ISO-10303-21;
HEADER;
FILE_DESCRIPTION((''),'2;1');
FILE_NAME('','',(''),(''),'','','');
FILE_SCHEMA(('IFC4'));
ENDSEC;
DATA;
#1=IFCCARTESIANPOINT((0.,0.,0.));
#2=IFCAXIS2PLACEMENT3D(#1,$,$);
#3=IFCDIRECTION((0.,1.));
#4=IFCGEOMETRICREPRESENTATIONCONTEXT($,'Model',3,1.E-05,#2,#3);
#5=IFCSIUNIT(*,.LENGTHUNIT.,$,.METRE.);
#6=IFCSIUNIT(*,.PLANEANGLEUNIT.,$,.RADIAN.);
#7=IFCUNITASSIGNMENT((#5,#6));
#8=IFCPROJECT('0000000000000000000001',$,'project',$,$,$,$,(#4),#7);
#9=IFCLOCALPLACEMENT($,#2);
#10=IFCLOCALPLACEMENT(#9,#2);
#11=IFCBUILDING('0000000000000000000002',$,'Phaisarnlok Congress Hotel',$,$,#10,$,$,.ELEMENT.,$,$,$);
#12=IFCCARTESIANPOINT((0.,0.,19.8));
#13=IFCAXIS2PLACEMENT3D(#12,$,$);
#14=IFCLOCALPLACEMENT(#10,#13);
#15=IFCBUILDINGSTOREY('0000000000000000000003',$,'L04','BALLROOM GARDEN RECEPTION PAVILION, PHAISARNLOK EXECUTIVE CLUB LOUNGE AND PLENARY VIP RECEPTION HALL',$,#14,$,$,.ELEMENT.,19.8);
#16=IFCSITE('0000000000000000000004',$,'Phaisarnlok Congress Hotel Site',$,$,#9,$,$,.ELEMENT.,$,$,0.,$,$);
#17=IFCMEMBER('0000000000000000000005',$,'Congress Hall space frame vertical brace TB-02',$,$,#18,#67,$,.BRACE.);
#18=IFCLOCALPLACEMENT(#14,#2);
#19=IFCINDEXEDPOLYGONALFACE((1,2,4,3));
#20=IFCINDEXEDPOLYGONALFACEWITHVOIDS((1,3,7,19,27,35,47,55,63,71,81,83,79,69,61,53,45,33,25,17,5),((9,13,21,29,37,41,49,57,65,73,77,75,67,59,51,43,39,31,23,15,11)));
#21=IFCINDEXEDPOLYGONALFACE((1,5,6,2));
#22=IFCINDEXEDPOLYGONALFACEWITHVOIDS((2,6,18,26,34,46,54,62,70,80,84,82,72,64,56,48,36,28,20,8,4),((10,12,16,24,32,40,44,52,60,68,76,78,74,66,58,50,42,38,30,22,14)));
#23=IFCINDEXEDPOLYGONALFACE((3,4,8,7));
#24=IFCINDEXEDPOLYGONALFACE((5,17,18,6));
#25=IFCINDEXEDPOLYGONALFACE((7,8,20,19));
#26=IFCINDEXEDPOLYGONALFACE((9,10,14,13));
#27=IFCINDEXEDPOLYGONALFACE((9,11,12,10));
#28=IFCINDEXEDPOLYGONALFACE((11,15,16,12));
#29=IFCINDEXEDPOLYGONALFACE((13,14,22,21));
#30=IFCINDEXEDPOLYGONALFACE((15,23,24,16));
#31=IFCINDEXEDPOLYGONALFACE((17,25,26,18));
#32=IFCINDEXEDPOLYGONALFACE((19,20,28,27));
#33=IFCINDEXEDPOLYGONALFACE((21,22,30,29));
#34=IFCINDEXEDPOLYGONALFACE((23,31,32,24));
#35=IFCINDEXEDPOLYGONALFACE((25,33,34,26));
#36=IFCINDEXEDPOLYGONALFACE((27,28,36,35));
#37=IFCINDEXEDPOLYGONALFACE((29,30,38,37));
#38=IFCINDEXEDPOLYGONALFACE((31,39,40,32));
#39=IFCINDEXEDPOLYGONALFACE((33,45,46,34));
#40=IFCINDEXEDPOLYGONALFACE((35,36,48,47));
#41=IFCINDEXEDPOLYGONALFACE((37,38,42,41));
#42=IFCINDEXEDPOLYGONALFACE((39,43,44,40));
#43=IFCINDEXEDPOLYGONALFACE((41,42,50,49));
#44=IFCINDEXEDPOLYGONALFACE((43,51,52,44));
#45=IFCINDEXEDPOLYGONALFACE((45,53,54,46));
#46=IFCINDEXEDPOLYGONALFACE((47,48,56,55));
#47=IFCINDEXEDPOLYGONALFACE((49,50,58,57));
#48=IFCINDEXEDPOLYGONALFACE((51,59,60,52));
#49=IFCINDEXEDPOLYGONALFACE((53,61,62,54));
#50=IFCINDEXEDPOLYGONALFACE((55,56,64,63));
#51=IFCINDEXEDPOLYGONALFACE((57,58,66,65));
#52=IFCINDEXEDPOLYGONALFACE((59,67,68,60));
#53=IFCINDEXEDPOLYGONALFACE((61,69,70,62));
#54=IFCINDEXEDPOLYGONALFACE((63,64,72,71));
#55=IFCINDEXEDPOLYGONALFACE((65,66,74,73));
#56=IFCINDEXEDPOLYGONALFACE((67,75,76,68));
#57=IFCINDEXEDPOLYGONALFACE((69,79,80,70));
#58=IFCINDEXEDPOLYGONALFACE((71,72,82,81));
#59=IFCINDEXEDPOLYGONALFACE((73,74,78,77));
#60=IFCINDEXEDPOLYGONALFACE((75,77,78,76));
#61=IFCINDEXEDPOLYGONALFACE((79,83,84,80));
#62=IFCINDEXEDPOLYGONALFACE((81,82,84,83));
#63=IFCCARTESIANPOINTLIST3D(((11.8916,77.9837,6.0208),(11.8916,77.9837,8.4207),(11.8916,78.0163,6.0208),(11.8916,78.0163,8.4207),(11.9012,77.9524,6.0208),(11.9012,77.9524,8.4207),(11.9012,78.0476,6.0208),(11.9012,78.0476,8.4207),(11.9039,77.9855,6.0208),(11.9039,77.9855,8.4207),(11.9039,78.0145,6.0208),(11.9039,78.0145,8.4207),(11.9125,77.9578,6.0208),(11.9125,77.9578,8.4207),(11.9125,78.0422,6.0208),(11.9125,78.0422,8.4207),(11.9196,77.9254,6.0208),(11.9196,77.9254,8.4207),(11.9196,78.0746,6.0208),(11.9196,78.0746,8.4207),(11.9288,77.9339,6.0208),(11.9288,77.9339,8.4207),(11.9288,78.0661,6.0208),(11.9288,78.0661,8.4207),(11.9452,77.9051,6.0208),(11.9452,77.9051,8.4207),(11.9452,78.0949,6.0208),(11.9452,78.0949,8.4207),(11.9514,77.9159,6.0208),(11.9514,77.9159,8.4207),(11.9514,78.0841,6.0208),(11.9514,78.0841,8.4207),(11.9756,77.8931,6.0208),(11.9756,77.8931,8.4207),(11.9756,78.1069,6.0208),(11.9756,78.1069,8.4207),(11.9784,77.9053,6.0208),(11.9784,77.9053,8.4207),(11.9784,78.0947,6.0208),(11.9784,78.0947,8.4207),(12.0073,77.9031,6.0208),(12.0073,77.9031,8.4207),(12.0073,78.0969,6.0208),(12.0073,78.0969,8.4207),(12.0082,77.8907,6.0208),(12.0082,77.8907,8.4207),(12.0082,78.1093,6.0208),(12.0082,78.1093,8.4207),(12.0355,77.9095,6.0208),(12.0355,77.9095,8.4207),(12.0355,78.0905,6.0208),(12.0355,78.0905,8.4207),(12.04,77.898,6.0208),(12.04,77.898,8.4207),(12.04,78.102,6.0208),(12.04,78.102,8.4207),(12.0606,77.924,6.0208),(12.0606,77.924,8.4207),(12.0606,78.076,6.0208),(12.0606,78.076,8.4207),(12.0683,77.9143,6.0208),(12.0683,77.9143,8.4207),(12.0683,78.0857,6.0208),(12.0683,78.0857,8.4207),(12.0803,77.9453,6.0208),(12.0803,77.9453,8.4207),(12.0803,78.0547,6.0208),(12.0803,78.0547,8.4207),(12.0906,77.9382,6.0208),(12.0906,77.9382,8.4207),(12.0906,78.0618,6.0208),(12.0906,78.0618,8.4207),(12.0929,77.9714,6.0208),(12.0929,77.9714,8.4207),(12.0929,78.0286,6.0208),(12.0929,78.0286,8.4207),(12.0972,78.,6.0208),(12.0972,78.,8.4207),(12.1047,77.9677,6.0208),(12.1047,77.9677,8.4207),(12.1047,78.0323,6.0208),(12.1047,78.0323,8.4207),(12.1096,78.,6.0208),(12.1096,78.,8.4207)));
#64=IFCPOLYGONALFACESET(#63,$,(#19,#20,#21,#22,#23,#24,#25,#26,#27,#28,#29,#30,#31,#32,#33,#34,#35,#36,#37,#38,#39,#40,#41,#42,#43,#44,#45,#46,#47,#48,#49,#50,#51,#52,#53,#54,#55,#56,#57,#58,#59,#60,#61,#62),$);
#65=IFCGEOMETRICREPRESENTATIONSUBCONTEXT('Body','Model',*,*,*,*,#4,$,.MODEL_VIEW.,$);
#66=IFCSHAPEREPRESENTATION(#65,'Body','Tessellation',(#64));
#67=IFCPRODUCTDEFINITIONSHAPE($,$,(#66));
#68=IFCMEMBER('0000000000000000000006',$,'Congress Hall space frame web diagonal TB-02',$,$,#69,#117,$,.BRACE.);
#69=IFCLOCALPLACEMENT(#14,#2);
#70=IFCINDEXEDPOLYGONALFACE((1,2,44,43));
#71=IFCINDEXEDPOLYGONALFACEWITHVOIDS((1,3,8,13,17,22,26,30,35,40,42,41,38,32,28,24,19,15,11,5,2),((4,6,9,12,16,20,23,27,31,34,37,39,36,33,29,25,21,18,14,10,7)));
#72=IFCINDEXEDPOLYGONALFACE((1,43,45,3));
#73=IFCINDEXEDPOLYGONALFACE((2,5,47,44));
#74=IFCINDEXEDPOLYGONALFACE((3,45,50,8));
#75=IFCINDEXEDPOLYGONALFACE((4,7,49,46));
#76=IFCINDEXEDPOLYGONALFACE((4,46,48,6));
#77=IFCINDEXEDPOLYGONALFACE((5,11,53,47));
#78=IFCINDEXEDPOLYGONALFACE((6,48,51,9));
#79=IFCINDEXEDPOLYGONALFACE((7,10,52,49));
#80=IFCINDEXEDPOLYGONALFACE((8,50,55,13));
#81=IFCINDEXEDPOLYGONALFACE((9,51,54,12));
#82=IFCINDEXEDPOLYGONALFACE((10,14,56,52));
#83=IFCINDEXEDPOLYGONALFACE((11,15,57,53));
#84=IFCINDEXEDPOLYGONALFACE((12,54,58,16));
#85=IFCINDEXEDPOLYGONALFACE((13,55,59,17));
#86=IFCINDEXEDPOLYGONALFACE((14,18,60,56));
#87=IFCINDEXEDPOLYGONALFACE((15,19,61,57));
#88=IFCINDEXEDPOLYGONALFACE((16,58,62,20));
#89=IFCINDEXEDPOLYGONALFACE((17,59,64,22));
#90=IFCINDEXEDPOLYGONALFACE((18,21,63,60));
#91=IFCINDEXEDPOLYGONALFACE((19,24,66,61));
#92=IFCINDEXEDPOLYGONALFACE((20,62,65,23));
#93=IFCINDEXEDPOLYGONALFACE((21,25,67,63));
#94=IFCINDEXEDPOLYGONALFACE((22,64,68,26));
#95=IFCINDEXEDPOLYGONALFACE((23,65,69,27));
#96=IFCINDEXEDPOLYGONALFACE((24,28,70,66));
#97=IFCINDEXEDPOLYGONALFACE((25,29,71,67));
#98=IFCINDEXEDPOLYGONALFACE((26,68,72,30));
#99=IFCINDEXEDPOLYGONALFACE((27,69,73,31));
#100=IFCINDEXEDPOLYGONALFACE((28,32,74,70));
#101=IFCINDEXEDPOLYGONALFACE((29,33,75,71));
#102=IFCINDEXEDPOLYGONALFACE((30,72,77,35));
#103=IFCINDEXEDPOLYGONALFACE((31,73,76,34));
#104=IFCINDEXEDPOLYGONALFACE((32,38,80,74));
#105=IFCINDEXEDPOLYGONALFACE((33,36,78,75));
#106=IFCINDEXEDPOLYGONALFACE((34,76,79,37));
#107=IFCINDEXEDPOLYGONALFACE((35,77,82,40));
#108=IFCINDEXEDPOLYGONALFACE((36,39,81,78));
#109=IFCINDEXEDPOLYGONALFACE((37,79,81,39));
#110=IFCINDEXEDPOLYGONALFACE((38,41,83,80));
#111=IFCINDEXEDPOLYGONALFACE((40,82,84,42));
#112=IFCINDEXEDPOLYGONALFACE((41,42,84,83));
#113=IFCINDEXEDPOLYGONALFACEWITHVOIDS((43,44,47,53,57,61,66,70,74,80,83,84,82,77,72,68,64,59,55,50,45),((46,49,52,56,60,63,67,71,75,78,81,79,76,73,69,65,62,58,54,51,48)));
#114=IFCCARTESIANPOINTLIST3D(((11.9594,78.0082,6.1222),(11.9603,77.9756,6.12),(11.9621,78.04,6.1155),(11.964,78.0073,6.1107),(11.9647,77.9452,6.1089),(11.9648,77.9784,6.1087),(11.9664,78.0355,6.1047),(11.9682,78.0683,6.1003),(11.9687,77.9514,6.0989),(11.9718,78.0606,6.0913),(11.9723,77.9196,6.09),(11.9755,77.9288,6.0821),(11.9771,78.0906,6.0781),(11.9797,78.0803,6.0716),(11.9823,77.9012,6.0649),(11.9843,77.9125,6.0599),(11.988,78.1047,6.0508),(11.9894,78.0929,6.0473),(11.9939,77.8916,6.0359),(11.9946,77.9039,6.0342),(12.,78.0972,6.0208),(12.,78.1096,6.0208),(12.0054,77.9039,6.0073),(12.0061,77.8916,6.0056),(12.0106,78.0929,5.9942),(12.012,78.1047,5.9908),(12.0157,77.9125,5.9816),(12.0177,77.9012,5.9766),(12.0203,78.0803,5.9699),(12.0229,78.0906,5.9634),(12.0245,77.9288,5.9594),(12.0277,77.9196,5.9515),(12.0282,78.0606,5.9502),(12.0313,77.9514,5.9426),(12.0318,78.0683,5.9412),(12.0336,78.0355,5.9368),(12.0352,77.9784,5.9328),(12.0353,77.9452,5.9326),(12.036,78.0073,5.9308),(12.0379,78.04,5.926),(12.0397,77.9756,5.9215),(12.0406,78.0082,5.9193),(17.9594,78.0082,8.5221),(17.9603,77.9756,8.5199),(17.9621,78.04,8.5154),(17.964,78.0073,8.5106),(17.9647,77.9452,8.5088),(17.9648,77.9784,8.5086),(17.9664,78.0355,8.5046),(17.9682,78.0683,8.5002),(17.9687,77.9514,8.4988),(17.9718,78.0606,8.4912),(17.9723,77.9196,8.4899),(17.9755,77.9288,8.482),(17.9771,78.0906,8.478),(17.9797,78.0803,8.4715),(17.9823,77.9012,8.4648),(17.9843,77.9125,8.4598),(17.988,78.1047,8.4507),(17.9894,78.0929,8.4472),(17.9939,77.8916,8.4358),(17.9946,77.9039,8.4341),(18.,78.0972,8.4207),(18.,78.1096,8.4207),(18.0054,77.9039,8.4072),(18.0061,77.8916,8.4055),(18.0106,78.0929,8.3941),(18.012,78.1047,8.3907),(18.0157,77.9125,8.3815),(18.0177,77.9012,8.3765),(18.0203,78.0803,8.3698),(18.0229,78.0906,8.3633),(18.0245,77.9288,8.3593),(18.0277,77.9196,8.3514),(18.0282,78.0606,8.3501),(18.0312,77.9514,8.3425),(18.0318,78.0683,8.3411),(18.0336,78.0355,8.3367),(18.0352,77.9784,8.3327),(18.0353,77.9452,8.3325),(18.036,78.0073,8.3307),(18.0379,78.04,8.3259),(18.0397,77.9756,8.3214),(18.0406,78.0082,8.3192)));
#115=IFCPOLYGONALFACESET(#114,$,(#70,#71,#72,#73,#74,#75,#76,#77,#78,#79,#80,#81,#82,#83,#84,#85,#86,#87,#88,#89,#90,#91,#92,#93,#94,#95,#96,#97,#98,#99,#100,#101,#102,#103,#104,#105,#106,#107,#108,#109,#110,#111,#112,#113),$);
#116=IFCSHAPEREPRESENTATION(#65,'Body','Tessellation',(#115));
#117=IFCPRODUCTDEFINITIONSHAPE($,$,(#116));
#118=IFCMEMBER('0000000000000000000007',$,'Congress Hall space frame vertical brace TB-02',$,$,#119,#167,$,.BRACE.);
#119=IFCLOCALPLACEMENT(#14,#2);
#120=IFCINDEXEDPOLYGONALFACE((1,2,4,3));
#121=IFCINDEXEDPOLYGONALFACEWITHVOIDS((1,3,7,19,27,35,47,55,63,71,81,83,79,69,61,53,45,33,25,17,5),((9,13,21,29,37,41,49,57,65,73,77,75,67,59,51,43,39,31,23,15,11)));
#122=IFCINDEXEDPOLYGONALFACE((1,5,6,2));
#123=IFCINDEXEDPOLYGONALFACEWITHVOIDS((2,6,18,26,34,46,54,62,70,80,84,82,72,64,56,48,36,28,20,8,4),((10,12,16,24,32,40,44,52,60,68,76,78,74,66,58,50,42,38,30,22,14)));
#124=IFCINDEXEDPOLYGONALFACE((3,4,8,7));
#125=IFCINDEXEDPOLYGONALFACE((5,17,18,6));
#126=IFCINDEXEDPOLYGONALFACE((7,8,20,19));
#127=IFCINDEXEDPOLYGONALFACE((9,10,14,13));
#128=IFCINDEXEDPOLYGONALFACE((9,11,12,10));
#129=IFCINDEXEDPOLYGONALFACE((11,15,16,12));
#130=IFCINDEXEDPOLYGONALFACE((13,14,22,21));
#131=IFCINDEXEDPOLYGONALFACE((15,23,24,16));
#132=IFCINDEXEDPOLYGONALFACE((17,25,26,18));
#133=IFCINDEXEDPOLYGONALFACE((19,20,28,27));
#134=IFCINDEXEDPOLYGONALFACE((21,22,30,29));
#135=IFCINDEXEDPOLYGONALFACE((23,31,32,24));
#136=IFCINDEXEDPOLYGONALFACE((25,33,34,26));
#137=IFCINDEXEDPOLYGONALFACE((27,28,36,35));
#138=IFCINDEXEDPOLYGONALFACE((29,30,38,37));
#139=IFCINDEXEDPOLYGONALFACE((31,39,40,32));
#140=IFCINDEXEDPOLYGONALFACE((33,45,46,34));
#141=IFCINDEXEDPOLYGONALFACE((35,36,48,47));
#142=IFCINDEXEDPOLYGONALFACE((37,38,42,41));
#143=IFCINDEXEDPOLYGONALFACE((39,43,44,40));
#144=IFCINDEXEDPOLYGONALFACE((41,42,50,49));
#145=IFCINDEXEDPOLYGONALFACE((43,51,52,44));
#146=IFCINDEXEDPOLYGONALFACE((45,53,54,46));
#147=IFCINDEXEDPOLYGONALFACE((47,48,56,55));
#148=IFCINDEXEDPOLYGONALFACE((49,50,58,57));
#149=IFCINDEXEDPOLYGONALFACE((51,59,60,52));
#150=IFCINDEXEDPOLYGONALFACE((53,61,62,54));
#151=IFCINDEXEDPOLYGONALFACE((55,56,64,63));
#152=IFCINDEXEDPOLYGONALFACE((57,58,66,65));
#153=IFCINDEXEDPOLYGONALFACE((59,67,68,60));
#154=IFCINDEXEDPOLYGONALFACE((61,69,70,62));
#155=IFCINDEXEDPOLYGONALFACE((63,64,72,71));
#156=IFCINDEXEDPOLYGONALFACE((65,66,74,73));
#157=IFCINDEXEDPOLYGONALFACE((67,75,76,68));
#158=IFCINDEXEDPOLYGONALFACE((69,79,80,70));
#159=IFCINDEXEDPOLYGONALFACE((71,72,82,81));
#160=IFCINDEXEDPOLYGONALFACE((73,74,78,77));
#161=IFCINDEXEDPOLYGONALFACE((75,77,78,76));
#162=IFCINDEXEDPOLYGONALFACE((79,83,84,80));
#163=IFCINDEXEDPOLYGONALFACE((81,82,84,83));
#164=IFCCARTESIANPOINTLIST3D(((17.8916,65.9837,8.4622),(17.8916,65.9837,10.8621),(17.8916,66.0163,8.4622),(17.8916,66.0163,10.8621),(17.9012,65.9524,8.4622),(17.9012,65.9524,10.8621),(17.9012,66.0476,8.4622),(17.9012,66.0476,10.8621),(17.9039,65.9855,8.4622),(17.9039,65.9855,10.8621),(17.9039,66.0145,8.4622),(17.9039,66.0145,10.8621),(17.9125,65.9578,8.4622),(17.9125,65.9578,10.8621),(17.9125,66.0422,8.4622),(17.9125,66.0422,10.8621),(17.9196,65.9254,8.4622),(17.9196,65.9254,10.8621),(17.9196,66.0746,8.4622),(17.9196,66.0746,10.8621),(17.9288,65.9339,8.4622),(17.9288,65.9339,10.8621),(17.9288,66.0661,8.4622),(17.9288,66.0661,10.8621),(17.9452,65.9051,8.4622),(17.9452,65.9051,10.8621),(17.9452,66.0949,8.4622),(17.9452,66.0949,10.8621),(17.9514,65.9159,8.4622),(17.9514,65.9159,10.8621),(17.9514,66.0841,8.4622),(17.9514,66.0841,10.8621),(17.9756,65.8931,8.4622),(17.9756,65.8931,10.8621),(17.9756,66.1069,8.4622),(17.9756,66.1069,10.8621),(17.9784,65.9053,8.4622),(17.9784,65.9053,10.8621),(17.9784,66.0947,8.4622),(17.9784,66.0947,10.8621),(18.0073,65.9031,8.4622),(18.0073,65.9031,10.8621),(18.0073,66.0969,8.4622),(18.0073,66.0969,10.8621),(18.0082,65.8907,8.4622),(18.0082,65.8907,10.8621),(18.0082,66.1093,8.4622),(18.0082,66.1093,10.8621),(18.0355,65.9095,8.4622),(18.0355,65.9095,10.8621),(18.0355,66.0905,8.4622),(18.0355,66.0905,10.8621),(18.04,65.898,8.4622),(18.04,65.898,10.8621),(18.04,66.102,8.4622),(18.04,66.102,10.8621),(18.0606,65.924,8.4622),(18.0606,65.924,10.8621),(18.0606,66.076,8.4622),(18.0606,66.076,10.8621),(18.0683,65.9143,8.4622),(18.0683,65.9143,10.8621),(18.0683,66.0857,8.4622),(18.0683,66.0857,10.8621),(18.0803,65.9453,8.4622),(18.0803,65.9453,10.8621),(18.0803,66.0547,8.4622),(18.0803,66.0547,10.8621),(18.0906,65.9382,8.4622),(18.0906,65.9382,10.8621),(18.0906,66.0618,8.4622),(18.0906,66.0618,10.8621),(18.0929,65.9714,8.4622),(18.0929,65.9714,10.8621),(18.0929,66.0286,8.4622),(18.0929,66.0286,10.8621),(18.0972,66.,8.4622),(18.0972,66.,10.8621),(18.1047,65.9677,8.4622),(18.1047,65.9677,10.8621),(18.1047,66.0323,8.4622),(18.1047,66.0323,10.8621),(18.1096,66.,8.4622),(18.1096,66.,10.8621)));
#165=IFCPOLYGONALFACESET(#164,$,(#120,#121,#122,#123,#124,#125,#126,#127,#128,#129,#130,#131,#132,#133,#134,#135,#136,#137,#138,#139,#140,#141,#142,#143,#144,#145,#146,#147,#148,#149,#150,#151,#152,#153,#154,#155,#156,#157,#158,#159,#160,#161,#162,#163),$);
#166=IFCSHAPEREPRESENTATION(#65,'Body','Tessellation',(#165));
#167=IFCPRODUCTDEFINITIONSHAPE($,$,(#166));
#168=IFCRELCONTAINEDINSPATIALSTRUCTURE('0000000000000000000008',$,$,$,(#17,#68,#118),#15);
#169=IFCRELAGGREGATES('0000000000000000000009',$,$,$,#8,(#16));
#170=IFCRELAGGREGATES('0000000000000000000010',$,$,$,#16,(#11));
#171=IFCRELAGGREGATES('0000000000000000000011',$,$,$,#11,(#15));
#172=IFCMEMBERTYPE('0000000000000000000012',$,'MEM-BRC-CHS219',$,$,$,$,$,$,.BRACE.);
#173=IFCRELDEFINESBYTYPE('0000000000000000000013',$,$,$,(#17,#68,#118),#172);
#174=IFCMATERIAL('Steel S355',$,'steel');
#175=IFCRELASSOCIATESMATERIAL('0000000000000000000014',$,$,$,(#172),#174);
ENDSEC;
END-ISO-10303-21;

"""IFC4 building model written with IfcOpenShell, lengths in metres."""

from ifc_helpers import new_model, si_unit, direction, frame, origin, origin_2d, place, context, subcontext, project, spatial, hollow_circle, extrude, material, material_profile, profile_set, type_object, element, save


model = new_model("IFC4")

# Units and contexts
model_context = context("Model", 3, precision=1e-05, world=origin(), true_north=direction((0.0, 1.0)))
body_context = subcontext(model_context, "Body", "Model", "MODEL_VIEW")
ifc_project = project(units=[si_unit("LENGTHUNIT", "METRE"), si_unit("PLANEANGLEUNIT", "RADIAN")], contexts=[model_context])

# Site, building, storey
site_placement = place(None, origin())
site = spatial("IfcSite", under=ifc_project, at=site_placement, Name="Phaisarnlok Congress Hotel Site", CompositionType="ELEMENT", RefElevation=0.0)
building_placement = place(site_placement, origin())
building = spatial("IfcBuilding", under=site, at=building_placement, Name="Phaisarnlok Congress Hotel", CompositionType="ELEMENT")
storey_placement = place(building_placement, frame((0.0, 0.0, 19.8)))
storey = spatial("IfcBuildingStorey", under=building, at=storey_placement, Name="L04", Description="BALLROOM GARDEN RECEPTION PAVILION, PHAISARNLOK EXECUTIVE CLUB LOUNGE AND PLENARY VIP RECEPTION HALL", CompositionType="ELEMENT", Elevation=19.8)

# Members
ifc_material = material(Name="Steel S355", Category="steel")
ifc_material_profile_1 = material_profile(ifc_material, hollow_circle(Radius=0.1096, WallThickness=0.0125, at=origin_2d()), Name="CHS 219.1x12.5")
ifc_profile_set_1 = profile_set([ifc_material_profile_1], Name="Steel S355")
member_type_1 = type_object("IfcMemberType", Name="MEM-BRC-CHS219", PredefinedType="BRACE", material=ifc_profile_set_1)
member_1_placement = place(storey_placement, frame((12.0, 78.0, 6.0208), z_axis=(0.0, 0.0, 1.0), x_axis=(1.0, 0.0, 0.0)))
element("IfcMember", 1, at=member_1_placement, inside=storey, type_object=member_type_1, Name="Congress Hall space frame vertical brace TB-02", PredefinedType="BRACE", context=body_context, shape_type="SweptSolid", body=[
    extrude(hollow_circle(Radius=0.1096, WallThickness=0.0125, at=origin_2d()), origin(), (0.0, 0.0, 1.0), 2.3999),
])
member_2_placement = place(storey_placement, frame((12.0, 78.0, 6.0208), z_axis=(0.928482, 0.0, 0.371378), x_axis=(0.0, 1.0, 0.0)))
element("IfcMember", 2, at=member_2_placement, inside=storey, type_object=member_type_1, Name="Congress Hall space frame web diagonal TB-02", PredefinedType="BRACE", context=body_context, shape_type="SweptSolid", body=[
    extrude(hollow_circle(Radius=0.1096, WallThickness=0.0125, at=origin_2d()), origin(), (0.0, 0.0, 1.0), 6.4622),
])
member_3_placement = place(storey_placement, frame((18.0, 66.0, 8.4622), z_axis=(0.0, 0.0, 1.0), x_axis=(1.0, 0.0, 0.0)))
element("IfcMember", 3, at=member_3_placement, inside=storey, type_object=member_type_1, Name="Congress Hall space frame vertical brace TB-02", PredefinedType="BRACE", context=body_context, shape_type="SweptSolid", body=[
    extrude(hollow_circle(Radius=0.1096, WallThickness=0.0125, at=origin_2d()), origin(), (0.0, 0.0, 1.0), 2.3999),
])

save(model, "model.ifc")
